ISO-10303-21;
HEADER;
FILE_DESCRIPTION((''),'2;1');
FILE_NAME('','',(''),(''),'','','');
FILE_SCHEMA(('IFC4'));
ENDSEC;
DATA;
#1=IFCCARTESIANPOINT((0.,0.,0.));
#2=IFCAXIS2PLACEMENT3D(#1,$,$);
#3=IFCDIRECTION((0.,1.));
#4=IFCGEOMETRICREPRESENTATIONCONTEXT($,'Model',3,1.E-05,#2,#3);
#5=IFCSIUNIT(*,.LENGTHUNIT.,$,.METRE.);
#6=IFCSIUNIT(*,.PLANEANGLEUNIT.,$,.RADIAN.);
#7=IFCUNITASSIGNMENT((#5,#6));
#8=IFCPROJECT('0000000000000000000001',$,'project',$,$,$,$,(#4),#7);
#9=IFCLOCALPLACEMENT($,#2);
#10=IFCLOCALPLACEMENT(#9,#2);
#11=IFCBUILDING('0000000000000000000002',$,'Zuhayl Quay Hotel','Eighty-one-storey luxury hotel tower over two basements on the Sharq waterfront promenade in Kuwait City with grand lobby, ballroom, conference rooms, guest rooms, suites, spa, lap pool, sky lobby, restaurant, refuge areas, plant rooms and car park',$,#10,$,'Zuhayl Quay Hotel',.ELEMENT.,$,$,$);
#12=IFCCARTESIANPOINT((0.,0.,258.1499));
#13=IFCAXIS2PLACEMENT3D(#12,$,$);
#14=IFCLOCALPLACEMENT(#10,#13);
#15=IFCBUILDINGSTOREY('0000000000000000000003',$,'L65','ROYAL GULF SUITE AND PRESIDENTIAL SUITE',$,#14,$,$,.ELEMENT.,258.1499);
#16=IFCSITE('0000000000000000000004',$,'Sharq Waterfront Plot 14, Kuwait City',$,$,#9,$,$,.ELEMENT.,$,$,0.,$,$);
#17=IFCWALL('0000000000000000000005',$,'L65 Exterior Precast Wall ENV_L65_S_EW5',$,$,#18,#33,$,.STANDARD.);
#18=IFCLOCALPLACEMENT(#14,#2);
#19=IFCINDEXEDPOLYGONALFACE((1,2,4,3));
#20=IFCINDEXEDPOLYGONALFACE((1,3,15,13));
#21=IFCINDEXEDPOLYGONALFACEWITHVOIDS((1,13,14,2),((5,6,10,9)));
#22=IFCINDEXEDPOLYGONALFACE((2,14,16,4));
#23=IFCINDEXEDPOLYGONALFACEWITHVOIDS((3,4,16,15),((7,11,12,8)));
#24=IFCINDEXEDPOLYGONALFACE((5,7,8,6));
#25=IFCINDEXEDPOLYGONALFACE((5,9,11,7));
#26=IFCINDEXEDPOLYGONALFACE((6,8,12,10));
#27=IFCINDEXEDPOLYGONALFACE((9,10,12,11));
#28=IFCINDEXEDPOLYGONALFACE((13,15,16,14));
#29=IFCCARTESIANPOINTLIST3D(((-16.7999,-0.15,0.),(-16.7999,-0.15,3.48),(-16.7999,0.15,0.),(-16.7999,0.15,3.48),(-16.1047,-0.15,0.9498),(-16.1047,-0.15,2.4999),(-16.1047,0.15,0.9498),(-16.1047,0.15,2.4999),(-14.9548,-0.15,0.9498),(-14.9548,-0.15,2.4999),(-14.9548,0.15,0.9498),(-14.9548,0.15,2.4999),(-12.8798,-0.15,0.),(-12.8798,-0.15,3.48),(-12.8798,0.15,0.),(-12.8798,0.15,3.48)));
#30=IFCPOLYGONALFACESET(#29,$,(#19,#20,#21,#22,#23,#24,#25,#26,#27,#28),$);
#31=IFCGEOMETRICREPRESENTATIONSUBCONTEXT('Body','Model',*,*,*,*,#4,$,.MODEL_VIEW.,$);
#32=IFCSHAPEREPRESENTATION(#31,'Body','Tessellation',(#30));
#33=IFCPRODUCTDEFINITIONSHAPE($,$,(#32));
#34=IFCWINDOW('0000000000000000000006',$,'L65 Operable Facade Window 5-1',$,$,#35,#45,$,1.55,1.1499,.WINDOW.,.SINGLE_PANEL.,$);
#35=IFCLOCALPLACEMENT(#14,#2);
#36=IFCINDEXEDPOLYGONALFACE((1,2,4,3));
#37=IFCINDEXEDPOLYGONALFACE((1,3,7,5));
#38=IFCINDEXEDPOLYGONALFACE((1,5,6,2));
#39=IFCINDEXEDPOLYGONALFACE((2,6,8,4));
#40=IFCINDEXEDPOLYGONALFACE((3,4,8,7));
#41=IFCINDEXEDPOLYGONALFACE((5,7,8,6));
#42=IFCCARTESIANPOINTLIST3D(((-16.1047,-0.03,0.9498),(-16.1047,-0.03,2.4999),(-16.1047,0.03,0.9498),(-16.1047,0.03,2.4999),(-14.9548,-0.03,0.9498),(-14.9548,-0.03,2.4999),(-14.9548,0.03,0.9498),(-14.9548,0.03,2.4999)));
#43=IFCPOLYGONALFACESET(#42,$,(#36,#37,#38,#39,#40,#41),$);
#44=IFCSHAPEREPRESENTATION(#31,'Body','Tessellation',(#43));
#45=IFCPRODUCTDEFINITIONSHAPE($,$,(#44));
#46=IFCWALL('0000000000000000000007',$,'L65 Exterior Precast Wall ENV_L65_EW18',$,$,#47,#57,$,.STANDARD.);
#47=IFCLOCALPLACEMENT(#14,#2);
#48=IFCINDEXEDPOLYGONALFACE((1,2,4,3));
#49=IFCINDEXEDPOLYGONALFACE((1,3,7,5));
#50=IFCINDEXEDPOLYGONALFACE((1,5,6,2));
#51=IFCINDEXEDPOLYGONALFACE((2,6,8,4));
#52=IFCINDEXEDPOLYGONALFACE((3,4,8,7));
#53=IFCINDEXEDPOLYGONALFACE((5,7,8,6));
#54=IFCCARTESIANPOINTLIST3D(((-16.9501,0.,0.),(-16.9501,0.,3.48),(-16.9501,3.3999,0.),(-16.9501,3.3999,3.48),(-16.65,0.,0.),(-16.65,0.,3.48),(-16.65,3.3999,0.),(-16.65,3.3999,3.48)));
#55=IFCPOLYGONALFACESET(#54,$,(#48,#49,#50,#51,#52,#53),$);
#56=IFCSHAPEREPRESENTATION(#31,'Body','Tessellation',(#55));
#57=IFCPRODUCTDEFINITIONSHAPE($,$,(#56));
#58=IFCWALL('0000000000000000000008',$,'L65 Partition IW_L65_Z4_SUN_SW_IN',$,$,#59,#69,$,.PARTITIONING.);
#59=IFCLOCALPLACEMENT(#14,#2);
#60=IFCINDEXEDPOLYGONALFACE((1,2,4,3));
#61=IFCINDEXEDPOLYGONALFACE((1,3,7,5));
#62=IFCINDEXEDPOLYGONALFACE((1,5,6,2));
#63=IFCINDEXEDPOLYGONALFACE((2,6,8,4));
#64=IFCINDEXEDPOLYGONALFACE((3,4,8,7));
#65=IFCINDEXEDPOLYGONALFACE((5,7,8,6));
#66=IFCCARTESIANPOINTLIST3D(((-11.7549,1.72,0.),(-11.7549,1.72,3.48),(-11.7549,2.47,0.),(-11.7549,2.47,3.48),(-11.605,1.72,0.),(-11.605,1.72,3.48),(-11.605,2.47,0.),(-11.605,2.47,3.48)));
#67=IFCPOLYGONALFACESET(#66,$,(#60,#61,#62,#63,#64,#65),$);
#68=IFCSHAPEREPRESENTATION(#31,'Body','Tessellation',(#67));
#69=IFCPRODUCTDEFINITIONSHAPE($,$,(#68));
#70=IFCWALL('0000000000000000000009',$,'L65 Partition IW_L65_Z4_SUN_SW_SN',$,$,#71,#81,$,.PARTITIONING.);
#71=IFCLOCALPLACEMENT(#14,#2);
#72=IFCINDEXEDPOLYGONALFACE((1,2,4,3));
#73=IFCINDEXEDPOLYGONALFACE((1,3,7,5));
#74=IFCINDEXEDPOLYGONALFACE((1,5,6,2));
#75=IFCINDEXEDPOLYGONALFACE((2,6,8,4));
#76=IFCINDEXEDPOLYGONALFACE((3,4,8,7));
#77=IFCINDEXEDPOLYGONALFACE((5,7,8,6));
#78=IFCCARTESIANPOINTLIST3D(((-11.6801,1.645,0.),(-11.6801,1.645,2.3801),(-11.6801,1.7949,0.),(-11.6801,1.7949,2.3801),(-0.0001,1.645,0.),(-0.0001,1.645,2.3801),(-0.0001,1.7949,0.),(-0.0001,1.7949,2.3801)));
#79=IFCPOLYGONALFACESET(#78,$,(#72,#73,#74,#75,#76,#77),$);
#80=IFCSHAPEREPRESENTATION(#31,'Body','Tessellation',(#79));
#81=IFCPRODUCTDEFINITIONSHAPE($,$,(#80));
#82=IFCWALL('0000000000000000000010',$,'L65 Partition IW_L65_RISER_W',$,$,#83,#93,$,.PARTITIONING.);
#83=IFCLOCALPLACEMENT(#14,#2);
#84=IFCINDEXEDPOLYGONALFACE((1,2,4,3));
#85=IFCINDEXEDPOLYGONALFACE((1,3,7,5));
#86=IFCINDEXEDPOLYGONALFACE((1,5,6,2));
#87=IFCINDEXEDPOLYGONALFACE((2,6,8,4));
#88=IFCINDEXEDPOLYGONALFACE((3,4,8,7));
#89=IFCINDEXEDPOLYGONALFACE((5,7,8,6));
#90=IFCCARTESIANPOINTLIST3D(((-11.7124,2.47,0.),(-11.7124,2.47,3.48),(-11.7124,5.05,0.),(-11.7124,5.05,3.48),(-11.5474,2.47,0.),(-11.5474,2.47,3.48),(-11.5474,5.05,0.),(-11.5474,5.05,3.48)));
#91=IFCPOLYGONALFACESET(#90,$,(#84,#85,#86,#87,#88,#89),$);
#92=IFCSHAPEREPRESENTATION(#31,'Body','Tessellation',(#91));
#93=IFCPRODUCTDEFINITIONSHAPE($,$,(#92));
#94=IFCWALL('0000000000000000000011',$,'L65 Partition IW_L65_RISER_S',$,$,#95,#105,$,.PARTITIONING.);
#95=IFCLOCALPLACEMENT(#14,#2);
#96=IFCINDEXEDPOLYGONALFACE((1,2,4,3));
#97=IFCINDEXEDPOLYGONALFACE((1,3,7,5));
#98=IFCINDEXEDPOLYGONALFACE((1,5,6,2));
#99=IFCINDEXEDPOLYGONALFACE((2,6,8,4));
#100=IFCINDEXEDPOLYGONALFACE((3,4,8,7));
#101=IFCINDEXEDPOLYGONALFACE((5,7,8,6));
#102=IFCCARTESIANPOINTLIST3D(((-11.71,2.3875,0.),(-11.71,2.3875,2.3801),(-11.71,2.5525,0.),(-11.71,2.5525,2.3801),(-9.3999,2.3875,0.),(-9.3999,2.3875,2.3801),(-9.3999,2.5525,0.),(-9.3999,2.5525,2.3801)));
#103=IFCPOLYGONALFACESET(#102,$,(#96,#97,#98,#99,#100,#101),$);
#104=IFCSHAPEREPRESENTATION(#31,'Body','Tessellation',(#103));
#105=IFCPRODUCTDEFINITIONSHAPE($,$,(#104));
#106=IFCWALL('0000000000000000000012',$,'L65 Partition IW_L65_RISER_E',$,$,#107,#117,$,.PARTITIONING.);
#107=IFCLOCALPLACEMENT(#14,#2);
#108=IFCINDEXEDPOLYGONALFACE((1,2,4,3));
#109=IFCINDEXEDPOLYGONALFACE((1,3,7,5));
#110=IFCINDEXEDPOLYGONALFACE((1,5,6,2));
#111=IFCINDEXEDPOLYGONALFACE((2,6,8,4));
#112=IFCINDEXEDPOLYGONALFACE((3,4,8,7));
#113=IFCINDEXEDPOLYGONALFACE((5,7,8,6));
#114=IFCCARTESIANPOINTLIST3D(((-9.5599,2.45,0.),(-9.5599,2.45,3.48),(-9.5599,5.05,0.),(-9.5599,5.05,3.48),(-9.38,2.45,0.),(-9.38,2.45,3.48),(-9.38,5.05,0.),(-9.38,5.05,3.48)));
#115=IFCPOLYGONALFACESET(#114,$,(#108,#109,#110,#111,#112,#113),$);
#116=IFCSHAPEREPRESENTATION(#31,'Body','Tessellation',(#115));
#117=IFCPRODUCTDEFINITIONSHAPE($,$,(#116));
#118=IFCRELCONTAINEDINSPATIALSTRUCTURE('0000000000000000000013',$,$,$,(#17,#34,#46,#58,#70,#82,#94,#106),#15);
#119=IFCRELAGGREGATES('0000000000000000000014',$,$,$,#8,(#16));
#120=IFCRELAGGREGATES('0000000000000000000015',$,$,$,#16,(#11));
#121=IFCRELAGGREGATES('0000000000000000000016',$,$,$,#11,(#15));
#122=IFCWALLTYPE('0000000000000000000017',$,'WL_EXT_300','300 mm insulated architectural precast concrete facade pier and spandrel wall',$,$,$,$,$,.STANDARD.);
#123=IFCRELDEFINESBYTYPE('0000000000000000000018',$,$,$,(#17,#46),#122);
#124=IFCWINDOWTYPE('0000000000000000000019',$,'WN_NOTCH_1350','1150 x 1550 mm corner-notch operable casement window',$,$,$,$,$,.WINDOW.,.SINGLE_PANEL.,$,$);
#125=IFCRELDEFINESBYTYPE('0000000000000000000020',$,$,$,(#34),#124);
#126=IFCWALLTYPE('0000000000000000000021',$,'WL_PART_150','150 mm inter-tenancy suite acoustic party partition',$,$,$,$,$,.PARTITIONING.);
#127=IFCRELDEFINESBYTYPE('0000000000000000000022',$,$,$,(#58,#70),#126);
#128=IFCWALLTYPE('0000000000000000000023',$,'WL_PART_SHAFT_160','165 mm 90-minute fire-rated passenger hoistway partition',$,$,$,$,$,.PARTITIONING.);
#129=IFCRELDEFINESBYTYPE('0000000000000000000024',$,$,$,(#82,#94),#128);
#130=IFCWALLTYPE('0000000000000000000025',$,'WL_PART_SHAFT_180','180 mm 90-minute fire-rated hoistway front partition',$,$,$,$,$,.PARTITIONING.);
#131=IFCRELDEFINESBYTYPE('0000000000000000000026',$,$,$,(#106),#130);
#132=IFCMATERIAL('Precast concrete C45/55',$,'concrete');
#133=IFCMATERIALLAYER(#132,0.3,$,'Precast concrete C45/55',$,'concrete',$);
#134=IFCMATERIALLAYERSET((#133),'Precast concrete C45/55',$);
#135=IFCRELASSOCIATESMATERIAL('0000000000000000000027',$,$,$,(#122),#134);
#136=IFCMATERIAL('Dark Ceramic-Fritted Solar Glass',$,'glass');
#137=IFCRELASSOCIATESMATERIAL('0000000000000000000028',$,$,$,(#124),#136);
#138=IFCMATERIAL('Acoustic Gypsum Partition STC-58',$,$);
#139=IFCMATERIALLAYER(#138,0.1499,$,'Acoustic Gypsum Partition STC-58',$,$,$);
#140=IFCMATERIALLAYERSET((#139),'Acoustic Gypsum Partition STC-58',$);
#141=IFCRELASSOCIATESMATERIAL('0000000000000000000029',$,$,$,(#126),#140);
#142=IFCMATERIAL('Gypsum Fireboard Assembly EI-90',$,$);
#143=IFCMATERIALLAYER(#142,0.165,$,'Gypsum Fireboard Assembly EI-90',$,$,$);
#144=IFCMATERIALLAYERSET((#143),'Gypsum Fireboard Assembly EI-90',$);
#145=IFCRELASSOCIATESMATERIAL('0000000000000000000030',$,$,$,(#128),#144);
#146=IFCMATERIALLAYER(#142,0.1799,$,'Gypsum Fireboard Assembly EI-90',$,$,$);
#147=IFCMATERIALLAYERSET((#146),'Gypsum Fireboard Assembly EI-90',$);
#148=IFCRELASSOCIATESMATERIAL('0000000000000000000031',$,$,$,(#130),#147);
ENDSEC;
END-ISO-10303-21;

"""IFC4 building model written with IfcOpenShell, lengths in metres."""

from ifc_helpers import new_model, si_unit, direction, frame, frame_2d, origin, place, context, subcontext, project, spatial, rectangle, extrude, material, layer, layer_set, type_object, element, fill, save


model = new_model("IFC4")

# Units and contexts
model_context = context("Model", 3, precision=1e-05, world=origin(), true_north=direction((0.0, 1.0)))
body_context = subcontext(model_context, "Body", "Model", "MODEL_VIEW")
ifc_project = project(units=[si_unit("LENGTHUNIT", "METRE"), si_unit("PLANEANGLEUNIT", "RADIAN")], contexts=[model_context])

# Site, building, storey
site_placement = place(None, origin())
site = spatial("IfcSite", under=ifc_project, at=site_placement, Name="Sharq Waterfront Plot 14, Kuwait City", CompositionType="ELEMENT", RefElevation=0.0)
building_placement = place(site_placement, origin())
building = spatial("IfcBuilding", under=site, at=building_placement, Name="Zuhayl Quay Hotel", Description="Eighty-one-storey luxury hotel tower over two basements on the Sharq waterfront promenade in Kuwait City with grand lobby, ballroom, conference rooms, guest rooms, suites, spa, lap pool, sky lobby, restaurant, refuge areas, plant rooms and car park", LongName="Zuhayl Quay Hotel", CompositionType="ELEMENT")
storey_placement = place(building_placement, frame((0.0, 0.0, 258.1499)))
storey = spatial("IfcBuildingStorey", under=building, at=storey_placement, Name="L65", Description="ROYAL GULF SUITE AND PRESIDENTIAL SUITE", CompositionType="ELEMENT", Elevation=258.1499)

# Shared definitions
ifc_material_1 = material(Name="Dark Ceramic-Fritted Solar Glass", Category="glass")

# Shared definitions
ifc_material_2 = material(Name="Precast concrete C45/55", Category="concrete")
ifc_layer_1 = layer(ifc_material_2, 0.3, Name="Precast concrete C45/55", Category="concrete")
ifc_layer_set_1 = layer_set([ifc_layer_1], Name="Precast concrete C45/55")
wall_type_1 = type_object("IfcWallType", Name="WL_EXT_300", Description="300 mm insulated architectural precast concrete facade pier and spandrel wall", PredefinedType="STANDARD", material=ifc_layer_set_1)

# Wall, opening, window
wall_1_placement = place(storey_placement, frame((-12.8799, 0.0, 0.0), z_axis=(0.0, 0.0, 1.0), x_axis=(-1.0, 0.0, 0.0)))
wall_1 = element("IfcWall", 1, at=wall_1_placement, inside=storey, type_object=wall_type_1, Name="L65 Exterior Precast Wall ENV_L65_S_EW5", PredefinedType="STANDARD", context=body_context, shape_type="SweptSolid", body=[
    extrude(rectangle(XDim=3.9202, YDim=0.3, at=frame_2d((1.96, 0.0))), origin(), (0.0, 0.0, 1.0), 3.48),
])
opening_1_placement = place(wall_1_placement, frame((2.075, 0.0, 0.95)))
opening_1 = element("IfcOpeningElement", 2, at=opening_1_placement, cuts=wall_1, PredefinedType="OPENING", context=body_context, shape_type="SweptSolid", body=[
    extrude(rectangle(XDim=1.1499, YDim=1.55, at=frame_2d((0.575, 0.7749))), frame((0.0, 0.1599, 0.0), z_axis=(0.0, -1.0, 0.0), x_axis=(1.0, 0.0, 0.0)), (0.0, 0.0, 1.0), 0.3201),
])
window_type = type_object("IfcWindowType", Name="WN_NOTCH_1350", Description="1150 x 1550 mm corner-notch operable casement window", PartitioningType="SINGLE_PANEL", PredefinedType="WINDOW", material=ifc_material_1)
window_placement = place(opening_1_placement, origin())
window = element("IfcWindow", 3, at=window_placement, inside=storey, type_object=window_type, Name="L65 Operable Facade Window 5-1", OverallHeight=1.55, OverallWidth=1.1499, PartitioningType="SINGLE_PANEL", PredefinedType="WINDOW", context=body_context, shape_type="SweptSolid", body=[
    extrude(rectangle(XDim=1.1499, YDim=1.55, at=frame_2d((0.575, 0.7749))), frame((0.0, 0.03, 0.0), z_axis=(0.0, -1.0, 0.0), x_axis=(1.0, 0.0, 0.0)), (0.0, 0.0, 1.0), 0.0601),
])
fill(opening_1, window)

# Walls
wall_2_placement = place(storey_placement, frame((-16.8, 0.0, 0.0), z_axis=(0.0, 0.0, 1.0), x_axis=(0.0, 1.0, 0.0)))
element("IfcWall", 4, at=wall_2_placement, inside=storey, type_object=wall_type_1, Name="L65 Exterior Precast Wall ENV_L65_EW18", PredefinedType="STANDARD", context=body_context, shape_type="SweptSolid", body=[
    extrude(rectangle(XDim=3.3999, YDim=0.3, at=frame_2d((1.7, 0.0))), origin(), (0.0, 0.0, 1.0), 3.48),
])
ifc_material_3 = material(Name="Acoustic Gypsum Partition STC-58")
ifc_layer_2 = layer(ifc_material_3, 0.1499, Name="Acoustic Gypsum Partition STC-58")
ifc_layer_set_2 = layer_set([ifc_layer_2], Name="Acoustic Gypsum Partition STC-58")
wall_type_2 = type_object("IfcWallType", Name="WL_PART_150", Description="150 mm inter-tenancy suite acoustic party partition", PredefinedType="PARTITIONING", material=ifc_layer_set_2)
wall_3_placement = place(storey_placement, frame((-11.6799, 1.72, 0.0), z_axis=(0.0, 0.0, 1.0), x_axis=(0.0, 1.0, 0.0)))
element("IfcWall", 5, at=wall_3_placement, inside=storey, type_object=wall_type_2, Name="L65 Partition IW_L65_Z4_SUN_SW_IN", PredefinedType="PARTITIONING", context=body_context, shape_type="SweptSolid", body=[
    extrude(rectangle(XDim=0.75, YDim=0.1499, at=frame_2d((0.375, 0.0))), origin(), (0.0, 0.0, 1.0), 3.48),
])
wall_4_placement = place(storey_placement, frame((-11.6799, 1.72, 0.0), z_axis=(0.0, 0.0, 1.0), x_axis=(1.0, 0.0, 0.0)))
element("IfcWall", 6, at=wall_4_placement, inside=storey, type_object=wall_type_2, Name="L65 Partition IW_L65_Z4_SUN_SW_SN", PredefinedType="PARTITIONING", context=body_context, shape_type="SweptSolid", body=[
    extrude(rectangle(XDim=11.6799, YDim=0.1499, at=frame_2d((5.8398, 0.0))), origin(), (0.0, 0.0, 1.0), 2.3801),
])

# Walls
ifc_material_4 = material(Name="Gypsum Fireboard Assembly EI-90")
ifc_layer_3 = layer(ifc_material_4, 0.165, Name="Gypsum Fireboard Assembly EI-90")
ifc_layer_set_3 = layer_set([ifc_layer_3], Name="Gypsum Fireboard Assembly EI-90")
wall_type_3 = type_object("IfcWallType", Name="WL_PART_SHAFT_160", Description="165 mm 90-minute fire-rated passenger hoistway partition", PredefinedType="PARTITIONING", material=ifc_layer_set_3)
wall_5_placement = place(storey_placement, frame((-11.6299, 2.47, 0.0), z_axis=(0.0, 0.0, 1.0), x_axis=(0.0, 1.0, 0.0)))
element("IfcWall", 7, at=wall_5_placement, inside=storey, type_object=wall_type_3, Name="L65 Partition IW_L65_RISER_W", PredefinedType="PARTITIONING", context=body_context, shape_type="SweptSolid", body=[
    extrude(rectangle(XDim=2.5801, YDim=0.165, at=frame_2d((1.29, 0.0))), origin(), (0.0, 0.0, 1.0), 3.48),
])
wall_6_placement = place(storey_placement, frame((-11.71, 2.47, 0.0), z_axis=(0.0, 0.0, 1.0), x_axis=(1.0, 0.0, 0.0)))
element("IfcWall", 8, at=wall_6_placement, inside=storey, type_object=wall_type_3, Name="L65 Partition IW_L65_RISER_S", PredefinedType="PARTITIONING", context=body_context, shape_type="SweptSolid", body=[
    extrude(rectangle(XDim=2.3101, YDim=0.165, at=frame_2d((1.155, 0.0))), origin(), (0.0, 0.0, 1.0), 2.3801),
])
ifc_layer_4 = layer(ifc_material_4, 0.1799, Name="Gypsum Fireboard Assembly EI-90")
ifc_layer_set_4 = layer_set([ifc_layer_4], Name="Gypsum Fireboard Assembly EI-90")
wall_type_4 = type_object("IfcWallType", Name="WL_PART_SHAFT_180", Description="180 mm 90-minute fire-rated hoistway front partition", PredefinedType="PARTITIONING", material=ifc_layer_set_4)
wall_7_placement = place(storey_placement, frame((-9.47, 2.45, 0.0), z_axis=(0.0, 0.0, 1.0), x_axis=(0.0, 1.0, 0.0)))
element("IfcWall", 9, at=wall_7_placement, inside=storey, type_object=wall_type_4, Name="L65 Partition IW_L65_RISER_E", PredefinedType="PARTITIONING", context=body_context, shape_type="SweptSolid", body=[
    extrude(rectangle(XDim=2.6001, YDim=0.1799, at=frame_2d((1.3, 0.0))), origin(), (0.0, 0.0, 1.0), 3.48),
])

save(model, "model.ifc")
